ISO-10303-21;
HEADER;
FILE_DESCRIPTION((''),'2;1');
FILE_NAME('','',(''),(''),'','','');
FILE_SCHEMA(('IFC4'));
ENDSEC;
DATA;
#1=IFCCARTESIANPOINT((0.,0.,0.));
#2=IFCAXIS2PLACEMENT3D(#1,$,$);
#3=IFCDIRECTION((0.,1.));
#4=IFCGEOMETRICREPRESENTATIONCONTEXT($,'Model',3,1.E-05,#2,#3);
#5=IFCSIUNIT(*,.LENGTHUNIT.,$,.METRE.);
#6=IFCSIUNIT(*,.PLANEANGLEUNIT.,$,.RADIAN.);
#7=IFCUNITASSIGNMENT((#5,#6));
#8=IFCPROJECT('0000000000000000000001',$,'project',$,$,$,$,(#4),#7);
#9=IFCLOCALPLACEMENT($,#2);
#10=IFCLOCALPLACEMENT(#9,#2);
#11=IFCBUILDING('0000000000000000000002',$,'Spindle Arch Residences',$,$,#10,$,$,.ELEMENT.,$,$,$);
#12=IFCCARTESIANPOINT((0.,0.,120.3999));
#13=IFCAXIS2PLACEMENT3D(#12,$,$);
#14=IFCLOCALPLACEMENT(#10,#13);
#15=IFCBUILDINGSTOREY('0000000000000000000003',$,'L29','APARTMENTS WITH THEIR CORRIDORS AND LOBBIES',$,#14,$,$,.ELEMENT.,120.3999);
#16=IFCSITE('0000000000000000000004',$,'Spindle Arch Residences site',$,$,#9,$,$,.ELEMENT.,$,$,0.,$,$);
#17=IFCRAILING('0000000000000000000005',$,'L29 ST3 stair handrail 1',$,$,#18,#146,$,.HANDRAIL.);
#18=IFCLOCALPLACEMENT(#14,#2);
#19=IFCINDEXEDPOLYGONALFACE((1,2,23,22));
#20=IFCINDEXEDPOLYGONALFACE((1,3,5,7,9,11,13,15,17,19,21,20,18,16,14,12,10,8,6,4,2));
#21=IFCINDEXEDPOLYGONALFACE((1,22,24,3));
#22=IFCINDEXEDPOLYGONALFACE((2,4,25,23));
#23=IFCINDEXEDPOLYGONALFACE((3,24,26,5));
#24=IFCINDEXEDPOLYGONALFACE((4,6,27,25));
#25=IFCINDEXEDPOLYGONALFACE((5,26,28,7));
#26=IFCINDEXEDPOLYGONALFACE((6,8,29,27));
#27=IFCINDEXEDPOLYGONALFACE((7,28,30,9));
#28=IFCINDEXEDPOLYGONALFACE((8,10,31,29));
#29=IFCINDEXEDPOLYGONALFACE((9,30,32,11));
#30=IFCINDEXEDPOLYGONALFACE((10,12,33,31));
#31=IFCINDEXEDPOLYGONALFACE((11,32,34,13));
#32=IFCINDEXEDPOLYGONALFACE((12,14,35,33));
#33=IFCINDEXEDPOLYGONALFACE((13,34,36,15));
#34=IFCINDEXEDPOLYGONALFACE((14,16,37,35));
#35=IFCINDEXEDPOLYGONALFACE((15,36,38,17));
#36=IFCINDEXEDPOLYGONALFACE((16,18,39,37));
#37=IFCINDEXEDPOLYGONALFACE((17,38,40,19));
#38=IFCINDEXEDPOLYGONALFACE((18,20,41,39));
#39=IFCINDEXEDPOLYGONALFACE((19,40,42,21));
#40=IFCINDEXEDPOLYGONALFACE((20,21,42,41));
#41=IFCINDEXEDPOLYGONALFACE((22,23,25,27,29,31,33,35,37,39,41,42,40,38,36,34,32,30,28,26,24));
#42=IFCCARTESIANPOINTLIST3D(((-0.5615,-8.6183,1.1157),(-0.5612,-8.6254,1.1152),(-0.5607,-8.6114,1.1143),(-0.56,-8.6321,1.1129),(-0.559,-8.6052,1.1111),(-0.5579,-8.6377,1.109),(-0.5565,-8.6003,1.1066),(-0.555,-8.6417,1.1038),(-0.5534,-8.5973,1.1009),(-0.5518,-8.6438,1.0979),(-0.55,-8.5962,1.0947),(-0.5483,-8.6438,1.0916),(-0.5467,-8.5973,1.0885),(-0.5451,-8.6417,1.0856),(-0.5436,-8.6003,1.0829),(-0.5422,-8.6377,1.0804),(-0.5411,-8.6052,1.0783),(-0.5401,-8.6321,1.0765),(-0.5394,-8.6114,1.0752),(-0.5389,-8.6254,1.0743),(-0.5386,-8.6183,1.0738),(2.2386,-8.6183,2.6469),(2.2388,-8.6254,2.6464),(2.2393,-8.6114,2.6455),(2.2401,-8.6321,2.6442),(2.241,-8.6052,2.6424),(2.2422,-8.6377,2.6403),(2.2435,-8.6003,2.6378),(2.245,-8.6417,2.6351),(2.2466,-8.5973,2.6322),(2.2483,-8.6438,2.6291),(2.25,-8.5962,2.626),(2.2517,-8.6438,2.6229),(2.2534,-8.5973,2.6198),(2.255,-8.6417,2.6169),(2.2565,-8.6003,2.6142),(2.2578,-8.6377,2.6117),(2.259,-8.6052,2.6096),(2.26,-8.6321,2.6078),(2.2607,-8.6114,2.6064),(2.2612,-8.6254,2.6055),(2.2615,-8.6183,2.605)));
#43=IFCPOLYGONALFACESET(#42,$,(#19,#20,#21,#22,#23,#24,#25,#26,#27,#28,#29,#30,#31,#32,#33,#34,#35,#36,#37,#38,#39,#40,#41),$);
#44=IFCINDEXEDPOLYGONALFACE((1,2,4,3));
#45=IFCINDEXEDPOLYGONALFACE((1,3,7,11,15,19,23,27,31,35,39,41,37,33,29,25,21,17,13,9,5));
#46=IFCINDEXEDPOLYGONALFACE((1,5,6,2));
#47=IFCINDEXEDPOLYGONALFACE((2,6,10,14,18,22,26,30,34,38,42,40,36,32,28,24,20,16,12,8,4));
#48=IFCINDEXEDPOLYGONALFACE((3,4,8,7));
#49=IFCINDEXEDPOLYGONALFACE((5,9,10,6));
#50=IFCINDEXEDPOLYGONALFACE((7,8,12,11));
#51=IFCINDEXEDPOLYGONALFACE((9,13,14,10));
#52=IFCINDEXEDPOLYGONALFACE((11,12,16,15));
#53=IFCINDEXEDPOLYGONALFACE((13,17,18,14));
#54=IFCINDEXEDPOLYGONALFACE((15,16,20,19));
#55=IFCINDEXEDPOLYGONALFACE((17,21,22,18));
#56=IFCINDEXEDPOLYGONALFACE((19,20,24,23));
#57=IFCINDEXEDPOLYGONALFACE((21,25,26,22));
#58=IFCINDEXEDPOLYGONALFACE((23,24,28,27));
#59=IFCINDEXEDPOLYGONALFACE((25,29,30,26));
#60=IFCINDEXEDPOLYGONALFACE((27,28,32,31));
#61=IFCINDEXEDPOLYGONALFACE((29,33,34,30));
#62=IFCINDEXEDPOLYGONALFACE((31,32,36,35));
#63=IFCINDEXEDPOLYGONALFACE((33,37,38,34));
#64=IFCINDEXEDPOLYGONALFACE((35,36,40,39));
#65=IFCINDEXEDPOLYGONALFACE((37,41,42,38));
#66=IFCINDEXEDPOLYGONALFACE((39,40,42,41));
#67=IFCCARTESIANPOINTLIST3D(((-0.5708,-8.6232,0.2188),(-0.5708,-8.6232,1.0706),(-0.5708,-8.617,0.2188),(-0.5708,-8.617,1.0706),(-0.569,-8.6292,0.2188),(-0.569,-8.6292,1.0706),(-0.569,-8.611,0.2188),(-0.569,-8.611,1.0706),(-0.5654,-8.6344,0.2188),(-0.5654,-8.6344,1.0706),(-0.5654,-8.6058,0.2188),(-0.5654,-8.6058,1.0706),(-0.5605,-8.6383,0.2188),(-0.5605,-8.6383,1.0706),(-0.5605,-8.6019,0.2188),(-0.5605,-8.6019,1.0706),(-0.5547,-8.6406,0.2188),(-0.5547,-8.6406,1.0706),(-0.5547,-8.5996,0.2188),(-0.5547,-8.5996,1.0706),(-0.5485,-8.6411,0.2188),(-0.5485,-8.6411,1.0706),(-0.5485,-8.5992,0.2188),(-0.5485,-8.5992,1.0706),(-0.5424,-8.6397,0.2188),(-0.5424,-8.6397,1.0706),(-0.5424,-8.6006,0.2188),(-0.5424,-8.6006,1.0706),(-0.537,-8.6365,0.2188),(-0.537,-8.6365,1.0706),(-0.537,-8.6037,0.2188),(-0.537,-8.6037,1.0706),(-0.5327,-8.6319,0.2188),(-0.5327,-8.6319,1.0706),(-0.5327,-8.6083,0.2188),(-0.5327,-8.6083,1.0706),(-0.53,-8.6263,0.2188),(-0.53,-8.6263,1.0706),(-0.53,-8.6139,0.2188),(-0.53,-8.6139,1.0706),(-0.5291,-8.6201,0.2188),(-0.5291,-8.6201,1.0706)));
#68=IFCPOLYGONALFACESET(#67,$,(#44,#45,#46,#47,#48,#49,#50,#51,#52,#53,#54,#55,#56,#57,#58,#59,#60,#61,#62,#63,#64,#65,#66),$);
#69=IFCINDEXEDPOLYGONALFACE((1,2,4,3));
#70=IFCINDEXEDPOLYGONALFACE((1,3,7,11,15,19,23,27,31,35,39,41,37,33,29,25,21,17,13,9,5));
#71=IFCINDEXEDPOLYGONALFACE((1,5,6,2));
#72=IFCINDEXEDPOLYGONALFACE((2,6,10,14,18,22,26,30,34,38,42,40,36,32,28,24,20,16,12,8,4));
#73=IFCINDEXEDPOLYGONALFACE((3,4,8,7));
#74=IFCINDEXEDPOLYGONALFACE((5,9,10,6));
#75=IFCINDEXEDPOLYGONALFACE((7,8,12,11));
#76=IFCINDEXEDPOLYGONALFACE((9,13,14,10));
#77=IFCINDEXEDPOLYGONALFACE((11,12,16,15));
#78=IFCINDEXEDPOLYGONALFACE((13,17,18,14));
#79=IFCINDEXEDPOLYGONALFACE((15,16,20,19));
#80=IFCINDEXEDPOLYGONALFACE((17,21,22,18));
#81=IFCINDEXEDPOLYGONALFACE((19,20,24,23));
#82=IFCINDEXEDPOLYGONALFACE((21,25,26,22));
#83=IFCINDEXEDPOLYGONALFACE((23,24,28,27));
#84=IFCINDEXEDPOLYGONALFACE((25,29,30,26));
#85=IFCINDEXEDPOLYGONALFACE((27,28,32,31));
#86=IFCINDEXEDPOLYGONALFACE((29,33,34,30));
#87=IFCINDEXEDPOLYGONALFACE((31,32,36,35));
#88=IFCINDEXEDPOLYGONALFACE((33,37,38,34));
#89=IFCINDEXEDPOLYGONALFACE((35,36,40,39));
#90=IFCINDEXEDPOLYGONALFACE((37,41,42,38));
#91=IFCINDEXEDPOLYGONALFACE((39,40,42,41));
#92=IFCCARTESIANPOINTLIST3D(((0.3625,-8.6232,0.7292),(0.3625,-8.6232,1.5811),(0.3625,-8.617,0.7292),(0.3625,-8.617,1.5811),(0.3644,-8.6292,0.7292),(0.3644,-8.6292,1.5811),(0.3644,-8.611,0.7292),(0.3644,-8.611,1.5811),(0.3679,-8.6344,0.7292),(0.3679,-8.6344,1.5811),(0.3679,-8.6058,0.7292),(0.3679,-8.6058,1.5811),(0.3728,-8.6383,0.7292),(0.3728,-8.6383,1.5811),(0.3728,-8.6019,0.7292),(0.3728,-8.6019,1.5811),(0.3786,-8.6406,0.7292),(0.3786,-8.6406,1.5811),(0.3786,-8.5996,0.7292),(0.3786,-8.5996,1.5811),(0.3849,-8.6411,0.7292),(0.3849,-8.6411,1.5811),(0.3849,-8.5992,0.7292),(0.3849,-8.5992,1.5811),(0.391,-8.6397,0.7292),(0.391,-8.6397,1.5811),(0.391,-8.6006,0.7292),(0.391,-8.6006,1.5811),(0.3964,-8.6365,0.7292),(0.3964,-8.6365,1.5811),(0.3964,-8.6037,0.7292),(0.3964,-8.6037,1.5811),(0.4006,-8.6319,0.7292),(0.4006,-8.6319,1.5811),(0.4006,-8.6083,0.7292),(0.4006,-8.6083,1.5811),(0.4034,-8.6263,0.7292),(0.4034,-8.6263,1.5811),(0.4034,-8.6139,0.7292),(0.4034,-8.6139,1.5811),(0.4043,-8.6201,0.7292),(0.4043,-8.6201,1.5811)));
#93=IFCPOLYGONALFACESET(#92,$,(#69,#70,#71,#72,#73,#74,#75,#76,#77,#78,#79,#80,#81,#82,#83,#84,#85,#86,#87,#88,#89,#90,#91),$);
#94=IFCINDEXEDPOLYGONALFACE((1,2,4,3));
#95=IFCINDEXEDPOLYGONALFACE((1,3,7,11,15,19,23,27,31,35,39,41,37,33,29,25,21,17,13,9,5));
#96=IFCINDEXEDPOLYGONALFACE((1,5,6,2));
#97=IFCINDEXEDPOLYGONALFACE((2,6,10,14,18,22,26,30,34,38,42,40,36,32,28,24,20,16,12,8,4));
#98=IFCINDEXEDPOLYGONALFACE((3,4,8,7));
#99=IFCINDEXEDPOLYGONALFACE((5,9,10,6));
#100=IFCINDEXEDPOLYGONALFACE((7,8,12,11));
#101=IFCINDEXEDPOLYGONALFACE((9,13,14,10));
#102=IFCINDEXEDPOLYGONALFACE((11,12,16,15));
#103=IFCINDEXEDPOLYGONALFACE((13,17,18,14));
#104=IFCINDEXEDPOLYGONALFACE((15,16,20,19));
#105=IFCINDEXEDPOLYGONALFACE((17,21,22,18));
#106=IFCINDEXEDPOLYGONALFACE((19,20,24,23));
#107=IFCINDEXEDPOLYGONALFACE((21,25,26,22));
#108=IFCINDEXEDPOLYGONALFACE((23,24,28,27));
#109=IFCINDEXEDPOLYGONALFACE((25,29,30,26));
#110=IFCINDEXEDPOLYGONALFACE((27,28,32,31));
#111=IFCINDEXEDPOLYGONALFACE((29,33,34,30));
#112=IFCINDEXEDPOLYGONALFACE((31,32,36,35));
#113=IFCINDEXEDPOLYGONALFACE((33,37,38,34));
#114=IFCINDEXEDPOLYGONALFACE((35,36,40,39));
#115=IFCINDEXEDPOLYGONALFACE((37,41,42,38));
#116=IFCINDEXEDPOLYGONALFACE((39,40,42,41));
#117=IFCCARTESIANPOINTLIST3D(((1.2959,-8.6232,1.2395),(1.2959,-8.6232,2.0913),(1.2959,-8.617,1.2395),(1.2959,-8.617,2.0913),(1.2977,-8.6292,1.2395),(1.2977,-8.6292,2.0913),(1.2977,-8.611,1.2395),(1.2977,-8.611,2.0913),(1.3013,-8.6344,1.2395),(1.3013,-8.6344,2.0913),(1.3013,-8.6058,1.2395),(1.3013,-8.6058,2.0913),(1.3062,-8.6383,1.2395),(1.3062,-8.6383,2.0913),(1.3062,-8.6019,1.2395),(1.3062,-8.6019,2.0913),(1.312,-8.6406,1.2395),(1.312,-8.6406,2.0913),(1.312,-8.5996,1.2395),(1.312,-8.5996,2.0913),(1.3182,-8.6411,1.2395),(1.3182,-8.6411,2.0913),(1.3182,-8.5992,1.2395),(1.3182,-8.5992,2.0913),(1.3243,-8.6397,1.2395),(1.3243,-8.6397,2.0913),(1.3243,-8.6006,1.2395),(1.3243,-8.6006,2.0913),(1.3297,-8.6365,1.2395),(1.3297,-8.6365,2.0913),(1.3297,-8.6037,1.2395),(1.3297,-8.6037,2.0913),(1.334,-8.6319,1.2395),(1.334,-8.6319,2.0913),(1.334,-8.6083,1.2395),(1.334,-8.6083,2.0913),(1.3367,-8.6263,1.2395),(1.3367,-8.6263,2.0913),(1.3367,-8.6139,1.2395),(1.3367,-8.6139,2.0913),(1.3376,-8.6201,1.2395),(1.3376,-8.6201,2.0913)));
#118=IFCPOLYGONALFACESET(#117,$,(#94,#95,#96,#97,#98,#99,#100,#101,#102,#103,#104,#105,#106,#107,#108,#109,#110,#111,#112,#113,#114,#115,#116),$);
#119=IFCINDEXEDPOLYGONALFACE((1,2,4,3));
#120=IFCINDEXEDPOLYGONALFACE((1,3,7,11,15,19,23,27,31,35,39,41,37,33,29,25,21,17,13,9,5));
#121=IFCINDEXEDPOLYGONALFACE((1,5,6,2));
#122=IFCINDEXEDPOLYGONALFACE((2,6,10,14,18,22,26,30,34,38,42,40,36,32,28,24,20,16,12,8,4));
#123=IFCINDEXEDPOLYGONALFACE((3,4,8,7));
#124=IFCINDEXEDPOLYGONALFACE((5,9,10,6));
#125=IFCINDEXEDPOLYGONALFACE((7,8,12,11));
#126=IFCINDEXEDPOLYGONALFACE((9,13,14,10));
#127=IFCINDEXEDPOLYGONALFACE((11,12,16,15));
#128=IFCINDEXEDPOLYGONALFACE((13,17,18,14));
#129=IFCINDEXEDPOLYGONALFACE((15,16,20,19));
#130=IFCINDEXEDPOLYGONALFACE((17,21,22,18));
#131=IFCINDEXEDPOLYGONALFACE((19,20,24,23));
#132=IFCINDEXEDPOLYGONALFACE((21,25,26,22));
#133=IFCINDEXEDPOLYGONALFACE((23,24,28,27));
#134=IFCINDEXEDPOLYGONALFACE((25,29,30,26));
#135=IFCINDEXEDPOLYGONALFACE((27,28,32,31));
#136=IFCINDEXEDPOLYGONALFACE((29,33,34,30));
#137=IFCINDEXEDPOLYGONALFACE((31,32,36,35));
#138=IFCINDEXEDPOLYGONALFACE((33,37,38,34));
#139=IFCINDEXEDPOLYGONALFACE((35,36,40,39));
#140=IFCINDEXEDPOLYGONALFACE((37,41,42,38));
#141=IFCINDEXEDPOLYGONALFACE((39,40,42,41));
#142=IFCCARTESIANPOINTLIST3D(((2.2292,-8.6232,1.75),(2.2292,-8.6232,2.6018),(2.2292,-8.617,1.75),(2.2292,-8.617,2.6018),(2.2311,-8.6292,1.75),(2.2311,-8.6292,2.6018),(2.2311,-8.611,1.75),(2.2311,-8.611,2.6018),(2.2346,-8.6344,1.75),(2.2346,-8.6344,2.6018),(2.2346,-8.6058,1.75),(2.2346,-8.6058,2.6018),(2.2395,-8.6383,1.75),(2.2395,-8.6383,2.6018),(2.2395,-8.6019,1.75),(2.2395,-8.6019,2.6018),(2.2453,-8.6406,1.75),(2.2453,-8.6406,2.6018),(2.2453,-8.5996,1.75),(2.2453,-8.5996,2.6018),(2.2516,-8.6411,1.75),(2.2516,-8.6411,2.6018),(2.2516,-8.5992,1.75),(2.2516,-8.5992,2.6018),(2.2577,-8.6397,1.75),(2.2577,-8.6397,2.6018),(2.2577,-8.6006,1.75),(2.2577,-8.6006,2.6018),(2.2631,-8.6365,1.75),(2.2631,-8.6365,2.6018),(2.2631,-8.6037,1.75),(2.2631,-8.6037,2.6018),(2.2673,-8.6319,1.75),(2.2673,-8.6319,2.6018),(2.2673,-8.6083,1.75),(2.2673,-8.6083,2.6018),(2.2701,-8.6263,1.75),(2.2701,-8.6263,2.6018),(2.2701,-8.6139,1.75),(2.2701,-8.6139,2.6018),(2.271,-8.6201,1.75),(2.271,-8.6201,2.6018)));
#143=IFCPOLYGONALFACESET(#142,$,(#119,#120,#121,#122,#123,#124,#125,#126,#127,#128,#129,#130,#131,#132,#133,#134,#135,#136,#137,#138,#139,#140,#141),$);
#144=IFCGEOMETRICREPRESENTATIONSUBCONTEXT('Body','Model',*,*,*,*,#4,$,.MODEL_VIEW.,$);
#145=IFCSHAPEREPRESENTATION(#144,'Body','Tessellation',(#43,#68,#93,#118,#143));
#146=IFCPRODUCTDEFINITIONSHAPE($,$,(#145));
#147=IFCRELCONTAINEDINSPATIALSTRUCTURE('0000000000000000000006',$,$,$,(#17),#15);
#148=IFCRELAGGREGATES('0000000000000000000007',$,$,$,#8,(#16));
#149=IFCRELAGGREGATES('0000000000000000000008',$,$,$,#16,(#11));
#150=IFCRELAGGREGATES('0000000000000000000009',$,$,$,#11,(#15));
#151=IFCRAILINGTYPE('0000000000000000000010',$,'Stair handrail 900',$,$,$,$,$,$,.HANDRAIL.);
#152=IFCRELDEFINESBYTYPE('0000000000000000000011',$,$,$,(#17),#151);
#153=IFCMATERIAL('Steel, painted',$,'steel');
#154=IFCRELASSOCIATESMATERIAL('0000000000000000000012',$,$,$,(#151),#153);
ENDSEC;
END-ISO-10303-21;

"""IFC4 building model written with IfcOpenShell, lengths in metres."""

from ifc_helpers import new_model, si_unit, direction, frame, origin, origin_2d, place, context, subcontext, project, spatial, circle, extrude, material, type_object, element, save


model = new_model("IFC4")

# Units and contexts
model_context = context("Model", 3, precision=1e-05, world=origin(), true_north=direction((0.0, 1.0)))
body_context = subcontext(model_context, "Body", "Model", "MODEL_VIEW")
ifc_project = project(units=[si_unit("LENGTHUNIT", "METRE"), si_unit("PLANEANGLEUNIT", "RADIAN")], contexts=[model_context])

# Site, building, storey
site_placement = place(None, origin())
site = spatial("IfcSite", under=ifc_project, at=site_placement, Name="Spindle Arch Residences site", CompositionType="ELEMENT", RefElevation=0.0)
building_placement = place(site_placement, origin())
building = spatial("IfcBuilding", under=site, at=building_placement, Name="Spindle Arch Residences", CompositionType="ELEMENT")
storey_placement = place(building_placement, frame((0.0, 0.0, 120.3999)))
storey = spatial("IfcBuildingStorey", under=building, at=storey_placement, Name="L29", Description="APARTMENTS WITH THEIR CORRIDORS AND LOBBIES", CompositionType="ELEMENT", Elevation=120.3999)

# Railing
ifc_material_1 = material(Name="Steel, painted", Category="steel")
railing_type = type_object("IfcRailingType", Name="Stair handrail 900", PredefinedType="HANDRAIL", material=ifc_material_1)
railing_1_placement = place(storey_placement, frame((-0.55, -8.6201, 0.2188)))
element("IfcRailing", 1, at=railing_1_placement, inside=storey, type_object=railing_type, Name="L29 ST3 stair handrail 1", PredefinedType="HANDRAIL", context=body_context, shape_type="SweptSolid", body=[
    extrude(circle(Radius=0.0239, at=origin_2d()), frame((0.0, 0.0, 0.876), z_axis=(0.877375, 0.0, 0.479806), x_axis=(0.0, 1.0, 0.0)), (0.0, 0.0, 1.0), 3.1914),
    extrude(circle(Radius=0.021, at=origin_2d()), origin(), (0.0, 0.0, 1.0), 0.8518),
    extrude(circle(Radius=0.021, at=origin_2d()), frame((0.9333, 0.0, 0.5105)), (0.0, 0.0, 1.0), 0.8518),
    extrude(circle(Radius=0.021, at=origin_2d()), frame((1.8667, 0.0, 1.0208)), (0.0, 0.0, 1.0), 0.8518),
    extrude(circle(Radius=0.021, at=origin_2d()), frame((2.8, 0.0, 1.5312)), (0.0, 0.0, 1.0), 0.8518),
])

save(model, "model.ifc")
